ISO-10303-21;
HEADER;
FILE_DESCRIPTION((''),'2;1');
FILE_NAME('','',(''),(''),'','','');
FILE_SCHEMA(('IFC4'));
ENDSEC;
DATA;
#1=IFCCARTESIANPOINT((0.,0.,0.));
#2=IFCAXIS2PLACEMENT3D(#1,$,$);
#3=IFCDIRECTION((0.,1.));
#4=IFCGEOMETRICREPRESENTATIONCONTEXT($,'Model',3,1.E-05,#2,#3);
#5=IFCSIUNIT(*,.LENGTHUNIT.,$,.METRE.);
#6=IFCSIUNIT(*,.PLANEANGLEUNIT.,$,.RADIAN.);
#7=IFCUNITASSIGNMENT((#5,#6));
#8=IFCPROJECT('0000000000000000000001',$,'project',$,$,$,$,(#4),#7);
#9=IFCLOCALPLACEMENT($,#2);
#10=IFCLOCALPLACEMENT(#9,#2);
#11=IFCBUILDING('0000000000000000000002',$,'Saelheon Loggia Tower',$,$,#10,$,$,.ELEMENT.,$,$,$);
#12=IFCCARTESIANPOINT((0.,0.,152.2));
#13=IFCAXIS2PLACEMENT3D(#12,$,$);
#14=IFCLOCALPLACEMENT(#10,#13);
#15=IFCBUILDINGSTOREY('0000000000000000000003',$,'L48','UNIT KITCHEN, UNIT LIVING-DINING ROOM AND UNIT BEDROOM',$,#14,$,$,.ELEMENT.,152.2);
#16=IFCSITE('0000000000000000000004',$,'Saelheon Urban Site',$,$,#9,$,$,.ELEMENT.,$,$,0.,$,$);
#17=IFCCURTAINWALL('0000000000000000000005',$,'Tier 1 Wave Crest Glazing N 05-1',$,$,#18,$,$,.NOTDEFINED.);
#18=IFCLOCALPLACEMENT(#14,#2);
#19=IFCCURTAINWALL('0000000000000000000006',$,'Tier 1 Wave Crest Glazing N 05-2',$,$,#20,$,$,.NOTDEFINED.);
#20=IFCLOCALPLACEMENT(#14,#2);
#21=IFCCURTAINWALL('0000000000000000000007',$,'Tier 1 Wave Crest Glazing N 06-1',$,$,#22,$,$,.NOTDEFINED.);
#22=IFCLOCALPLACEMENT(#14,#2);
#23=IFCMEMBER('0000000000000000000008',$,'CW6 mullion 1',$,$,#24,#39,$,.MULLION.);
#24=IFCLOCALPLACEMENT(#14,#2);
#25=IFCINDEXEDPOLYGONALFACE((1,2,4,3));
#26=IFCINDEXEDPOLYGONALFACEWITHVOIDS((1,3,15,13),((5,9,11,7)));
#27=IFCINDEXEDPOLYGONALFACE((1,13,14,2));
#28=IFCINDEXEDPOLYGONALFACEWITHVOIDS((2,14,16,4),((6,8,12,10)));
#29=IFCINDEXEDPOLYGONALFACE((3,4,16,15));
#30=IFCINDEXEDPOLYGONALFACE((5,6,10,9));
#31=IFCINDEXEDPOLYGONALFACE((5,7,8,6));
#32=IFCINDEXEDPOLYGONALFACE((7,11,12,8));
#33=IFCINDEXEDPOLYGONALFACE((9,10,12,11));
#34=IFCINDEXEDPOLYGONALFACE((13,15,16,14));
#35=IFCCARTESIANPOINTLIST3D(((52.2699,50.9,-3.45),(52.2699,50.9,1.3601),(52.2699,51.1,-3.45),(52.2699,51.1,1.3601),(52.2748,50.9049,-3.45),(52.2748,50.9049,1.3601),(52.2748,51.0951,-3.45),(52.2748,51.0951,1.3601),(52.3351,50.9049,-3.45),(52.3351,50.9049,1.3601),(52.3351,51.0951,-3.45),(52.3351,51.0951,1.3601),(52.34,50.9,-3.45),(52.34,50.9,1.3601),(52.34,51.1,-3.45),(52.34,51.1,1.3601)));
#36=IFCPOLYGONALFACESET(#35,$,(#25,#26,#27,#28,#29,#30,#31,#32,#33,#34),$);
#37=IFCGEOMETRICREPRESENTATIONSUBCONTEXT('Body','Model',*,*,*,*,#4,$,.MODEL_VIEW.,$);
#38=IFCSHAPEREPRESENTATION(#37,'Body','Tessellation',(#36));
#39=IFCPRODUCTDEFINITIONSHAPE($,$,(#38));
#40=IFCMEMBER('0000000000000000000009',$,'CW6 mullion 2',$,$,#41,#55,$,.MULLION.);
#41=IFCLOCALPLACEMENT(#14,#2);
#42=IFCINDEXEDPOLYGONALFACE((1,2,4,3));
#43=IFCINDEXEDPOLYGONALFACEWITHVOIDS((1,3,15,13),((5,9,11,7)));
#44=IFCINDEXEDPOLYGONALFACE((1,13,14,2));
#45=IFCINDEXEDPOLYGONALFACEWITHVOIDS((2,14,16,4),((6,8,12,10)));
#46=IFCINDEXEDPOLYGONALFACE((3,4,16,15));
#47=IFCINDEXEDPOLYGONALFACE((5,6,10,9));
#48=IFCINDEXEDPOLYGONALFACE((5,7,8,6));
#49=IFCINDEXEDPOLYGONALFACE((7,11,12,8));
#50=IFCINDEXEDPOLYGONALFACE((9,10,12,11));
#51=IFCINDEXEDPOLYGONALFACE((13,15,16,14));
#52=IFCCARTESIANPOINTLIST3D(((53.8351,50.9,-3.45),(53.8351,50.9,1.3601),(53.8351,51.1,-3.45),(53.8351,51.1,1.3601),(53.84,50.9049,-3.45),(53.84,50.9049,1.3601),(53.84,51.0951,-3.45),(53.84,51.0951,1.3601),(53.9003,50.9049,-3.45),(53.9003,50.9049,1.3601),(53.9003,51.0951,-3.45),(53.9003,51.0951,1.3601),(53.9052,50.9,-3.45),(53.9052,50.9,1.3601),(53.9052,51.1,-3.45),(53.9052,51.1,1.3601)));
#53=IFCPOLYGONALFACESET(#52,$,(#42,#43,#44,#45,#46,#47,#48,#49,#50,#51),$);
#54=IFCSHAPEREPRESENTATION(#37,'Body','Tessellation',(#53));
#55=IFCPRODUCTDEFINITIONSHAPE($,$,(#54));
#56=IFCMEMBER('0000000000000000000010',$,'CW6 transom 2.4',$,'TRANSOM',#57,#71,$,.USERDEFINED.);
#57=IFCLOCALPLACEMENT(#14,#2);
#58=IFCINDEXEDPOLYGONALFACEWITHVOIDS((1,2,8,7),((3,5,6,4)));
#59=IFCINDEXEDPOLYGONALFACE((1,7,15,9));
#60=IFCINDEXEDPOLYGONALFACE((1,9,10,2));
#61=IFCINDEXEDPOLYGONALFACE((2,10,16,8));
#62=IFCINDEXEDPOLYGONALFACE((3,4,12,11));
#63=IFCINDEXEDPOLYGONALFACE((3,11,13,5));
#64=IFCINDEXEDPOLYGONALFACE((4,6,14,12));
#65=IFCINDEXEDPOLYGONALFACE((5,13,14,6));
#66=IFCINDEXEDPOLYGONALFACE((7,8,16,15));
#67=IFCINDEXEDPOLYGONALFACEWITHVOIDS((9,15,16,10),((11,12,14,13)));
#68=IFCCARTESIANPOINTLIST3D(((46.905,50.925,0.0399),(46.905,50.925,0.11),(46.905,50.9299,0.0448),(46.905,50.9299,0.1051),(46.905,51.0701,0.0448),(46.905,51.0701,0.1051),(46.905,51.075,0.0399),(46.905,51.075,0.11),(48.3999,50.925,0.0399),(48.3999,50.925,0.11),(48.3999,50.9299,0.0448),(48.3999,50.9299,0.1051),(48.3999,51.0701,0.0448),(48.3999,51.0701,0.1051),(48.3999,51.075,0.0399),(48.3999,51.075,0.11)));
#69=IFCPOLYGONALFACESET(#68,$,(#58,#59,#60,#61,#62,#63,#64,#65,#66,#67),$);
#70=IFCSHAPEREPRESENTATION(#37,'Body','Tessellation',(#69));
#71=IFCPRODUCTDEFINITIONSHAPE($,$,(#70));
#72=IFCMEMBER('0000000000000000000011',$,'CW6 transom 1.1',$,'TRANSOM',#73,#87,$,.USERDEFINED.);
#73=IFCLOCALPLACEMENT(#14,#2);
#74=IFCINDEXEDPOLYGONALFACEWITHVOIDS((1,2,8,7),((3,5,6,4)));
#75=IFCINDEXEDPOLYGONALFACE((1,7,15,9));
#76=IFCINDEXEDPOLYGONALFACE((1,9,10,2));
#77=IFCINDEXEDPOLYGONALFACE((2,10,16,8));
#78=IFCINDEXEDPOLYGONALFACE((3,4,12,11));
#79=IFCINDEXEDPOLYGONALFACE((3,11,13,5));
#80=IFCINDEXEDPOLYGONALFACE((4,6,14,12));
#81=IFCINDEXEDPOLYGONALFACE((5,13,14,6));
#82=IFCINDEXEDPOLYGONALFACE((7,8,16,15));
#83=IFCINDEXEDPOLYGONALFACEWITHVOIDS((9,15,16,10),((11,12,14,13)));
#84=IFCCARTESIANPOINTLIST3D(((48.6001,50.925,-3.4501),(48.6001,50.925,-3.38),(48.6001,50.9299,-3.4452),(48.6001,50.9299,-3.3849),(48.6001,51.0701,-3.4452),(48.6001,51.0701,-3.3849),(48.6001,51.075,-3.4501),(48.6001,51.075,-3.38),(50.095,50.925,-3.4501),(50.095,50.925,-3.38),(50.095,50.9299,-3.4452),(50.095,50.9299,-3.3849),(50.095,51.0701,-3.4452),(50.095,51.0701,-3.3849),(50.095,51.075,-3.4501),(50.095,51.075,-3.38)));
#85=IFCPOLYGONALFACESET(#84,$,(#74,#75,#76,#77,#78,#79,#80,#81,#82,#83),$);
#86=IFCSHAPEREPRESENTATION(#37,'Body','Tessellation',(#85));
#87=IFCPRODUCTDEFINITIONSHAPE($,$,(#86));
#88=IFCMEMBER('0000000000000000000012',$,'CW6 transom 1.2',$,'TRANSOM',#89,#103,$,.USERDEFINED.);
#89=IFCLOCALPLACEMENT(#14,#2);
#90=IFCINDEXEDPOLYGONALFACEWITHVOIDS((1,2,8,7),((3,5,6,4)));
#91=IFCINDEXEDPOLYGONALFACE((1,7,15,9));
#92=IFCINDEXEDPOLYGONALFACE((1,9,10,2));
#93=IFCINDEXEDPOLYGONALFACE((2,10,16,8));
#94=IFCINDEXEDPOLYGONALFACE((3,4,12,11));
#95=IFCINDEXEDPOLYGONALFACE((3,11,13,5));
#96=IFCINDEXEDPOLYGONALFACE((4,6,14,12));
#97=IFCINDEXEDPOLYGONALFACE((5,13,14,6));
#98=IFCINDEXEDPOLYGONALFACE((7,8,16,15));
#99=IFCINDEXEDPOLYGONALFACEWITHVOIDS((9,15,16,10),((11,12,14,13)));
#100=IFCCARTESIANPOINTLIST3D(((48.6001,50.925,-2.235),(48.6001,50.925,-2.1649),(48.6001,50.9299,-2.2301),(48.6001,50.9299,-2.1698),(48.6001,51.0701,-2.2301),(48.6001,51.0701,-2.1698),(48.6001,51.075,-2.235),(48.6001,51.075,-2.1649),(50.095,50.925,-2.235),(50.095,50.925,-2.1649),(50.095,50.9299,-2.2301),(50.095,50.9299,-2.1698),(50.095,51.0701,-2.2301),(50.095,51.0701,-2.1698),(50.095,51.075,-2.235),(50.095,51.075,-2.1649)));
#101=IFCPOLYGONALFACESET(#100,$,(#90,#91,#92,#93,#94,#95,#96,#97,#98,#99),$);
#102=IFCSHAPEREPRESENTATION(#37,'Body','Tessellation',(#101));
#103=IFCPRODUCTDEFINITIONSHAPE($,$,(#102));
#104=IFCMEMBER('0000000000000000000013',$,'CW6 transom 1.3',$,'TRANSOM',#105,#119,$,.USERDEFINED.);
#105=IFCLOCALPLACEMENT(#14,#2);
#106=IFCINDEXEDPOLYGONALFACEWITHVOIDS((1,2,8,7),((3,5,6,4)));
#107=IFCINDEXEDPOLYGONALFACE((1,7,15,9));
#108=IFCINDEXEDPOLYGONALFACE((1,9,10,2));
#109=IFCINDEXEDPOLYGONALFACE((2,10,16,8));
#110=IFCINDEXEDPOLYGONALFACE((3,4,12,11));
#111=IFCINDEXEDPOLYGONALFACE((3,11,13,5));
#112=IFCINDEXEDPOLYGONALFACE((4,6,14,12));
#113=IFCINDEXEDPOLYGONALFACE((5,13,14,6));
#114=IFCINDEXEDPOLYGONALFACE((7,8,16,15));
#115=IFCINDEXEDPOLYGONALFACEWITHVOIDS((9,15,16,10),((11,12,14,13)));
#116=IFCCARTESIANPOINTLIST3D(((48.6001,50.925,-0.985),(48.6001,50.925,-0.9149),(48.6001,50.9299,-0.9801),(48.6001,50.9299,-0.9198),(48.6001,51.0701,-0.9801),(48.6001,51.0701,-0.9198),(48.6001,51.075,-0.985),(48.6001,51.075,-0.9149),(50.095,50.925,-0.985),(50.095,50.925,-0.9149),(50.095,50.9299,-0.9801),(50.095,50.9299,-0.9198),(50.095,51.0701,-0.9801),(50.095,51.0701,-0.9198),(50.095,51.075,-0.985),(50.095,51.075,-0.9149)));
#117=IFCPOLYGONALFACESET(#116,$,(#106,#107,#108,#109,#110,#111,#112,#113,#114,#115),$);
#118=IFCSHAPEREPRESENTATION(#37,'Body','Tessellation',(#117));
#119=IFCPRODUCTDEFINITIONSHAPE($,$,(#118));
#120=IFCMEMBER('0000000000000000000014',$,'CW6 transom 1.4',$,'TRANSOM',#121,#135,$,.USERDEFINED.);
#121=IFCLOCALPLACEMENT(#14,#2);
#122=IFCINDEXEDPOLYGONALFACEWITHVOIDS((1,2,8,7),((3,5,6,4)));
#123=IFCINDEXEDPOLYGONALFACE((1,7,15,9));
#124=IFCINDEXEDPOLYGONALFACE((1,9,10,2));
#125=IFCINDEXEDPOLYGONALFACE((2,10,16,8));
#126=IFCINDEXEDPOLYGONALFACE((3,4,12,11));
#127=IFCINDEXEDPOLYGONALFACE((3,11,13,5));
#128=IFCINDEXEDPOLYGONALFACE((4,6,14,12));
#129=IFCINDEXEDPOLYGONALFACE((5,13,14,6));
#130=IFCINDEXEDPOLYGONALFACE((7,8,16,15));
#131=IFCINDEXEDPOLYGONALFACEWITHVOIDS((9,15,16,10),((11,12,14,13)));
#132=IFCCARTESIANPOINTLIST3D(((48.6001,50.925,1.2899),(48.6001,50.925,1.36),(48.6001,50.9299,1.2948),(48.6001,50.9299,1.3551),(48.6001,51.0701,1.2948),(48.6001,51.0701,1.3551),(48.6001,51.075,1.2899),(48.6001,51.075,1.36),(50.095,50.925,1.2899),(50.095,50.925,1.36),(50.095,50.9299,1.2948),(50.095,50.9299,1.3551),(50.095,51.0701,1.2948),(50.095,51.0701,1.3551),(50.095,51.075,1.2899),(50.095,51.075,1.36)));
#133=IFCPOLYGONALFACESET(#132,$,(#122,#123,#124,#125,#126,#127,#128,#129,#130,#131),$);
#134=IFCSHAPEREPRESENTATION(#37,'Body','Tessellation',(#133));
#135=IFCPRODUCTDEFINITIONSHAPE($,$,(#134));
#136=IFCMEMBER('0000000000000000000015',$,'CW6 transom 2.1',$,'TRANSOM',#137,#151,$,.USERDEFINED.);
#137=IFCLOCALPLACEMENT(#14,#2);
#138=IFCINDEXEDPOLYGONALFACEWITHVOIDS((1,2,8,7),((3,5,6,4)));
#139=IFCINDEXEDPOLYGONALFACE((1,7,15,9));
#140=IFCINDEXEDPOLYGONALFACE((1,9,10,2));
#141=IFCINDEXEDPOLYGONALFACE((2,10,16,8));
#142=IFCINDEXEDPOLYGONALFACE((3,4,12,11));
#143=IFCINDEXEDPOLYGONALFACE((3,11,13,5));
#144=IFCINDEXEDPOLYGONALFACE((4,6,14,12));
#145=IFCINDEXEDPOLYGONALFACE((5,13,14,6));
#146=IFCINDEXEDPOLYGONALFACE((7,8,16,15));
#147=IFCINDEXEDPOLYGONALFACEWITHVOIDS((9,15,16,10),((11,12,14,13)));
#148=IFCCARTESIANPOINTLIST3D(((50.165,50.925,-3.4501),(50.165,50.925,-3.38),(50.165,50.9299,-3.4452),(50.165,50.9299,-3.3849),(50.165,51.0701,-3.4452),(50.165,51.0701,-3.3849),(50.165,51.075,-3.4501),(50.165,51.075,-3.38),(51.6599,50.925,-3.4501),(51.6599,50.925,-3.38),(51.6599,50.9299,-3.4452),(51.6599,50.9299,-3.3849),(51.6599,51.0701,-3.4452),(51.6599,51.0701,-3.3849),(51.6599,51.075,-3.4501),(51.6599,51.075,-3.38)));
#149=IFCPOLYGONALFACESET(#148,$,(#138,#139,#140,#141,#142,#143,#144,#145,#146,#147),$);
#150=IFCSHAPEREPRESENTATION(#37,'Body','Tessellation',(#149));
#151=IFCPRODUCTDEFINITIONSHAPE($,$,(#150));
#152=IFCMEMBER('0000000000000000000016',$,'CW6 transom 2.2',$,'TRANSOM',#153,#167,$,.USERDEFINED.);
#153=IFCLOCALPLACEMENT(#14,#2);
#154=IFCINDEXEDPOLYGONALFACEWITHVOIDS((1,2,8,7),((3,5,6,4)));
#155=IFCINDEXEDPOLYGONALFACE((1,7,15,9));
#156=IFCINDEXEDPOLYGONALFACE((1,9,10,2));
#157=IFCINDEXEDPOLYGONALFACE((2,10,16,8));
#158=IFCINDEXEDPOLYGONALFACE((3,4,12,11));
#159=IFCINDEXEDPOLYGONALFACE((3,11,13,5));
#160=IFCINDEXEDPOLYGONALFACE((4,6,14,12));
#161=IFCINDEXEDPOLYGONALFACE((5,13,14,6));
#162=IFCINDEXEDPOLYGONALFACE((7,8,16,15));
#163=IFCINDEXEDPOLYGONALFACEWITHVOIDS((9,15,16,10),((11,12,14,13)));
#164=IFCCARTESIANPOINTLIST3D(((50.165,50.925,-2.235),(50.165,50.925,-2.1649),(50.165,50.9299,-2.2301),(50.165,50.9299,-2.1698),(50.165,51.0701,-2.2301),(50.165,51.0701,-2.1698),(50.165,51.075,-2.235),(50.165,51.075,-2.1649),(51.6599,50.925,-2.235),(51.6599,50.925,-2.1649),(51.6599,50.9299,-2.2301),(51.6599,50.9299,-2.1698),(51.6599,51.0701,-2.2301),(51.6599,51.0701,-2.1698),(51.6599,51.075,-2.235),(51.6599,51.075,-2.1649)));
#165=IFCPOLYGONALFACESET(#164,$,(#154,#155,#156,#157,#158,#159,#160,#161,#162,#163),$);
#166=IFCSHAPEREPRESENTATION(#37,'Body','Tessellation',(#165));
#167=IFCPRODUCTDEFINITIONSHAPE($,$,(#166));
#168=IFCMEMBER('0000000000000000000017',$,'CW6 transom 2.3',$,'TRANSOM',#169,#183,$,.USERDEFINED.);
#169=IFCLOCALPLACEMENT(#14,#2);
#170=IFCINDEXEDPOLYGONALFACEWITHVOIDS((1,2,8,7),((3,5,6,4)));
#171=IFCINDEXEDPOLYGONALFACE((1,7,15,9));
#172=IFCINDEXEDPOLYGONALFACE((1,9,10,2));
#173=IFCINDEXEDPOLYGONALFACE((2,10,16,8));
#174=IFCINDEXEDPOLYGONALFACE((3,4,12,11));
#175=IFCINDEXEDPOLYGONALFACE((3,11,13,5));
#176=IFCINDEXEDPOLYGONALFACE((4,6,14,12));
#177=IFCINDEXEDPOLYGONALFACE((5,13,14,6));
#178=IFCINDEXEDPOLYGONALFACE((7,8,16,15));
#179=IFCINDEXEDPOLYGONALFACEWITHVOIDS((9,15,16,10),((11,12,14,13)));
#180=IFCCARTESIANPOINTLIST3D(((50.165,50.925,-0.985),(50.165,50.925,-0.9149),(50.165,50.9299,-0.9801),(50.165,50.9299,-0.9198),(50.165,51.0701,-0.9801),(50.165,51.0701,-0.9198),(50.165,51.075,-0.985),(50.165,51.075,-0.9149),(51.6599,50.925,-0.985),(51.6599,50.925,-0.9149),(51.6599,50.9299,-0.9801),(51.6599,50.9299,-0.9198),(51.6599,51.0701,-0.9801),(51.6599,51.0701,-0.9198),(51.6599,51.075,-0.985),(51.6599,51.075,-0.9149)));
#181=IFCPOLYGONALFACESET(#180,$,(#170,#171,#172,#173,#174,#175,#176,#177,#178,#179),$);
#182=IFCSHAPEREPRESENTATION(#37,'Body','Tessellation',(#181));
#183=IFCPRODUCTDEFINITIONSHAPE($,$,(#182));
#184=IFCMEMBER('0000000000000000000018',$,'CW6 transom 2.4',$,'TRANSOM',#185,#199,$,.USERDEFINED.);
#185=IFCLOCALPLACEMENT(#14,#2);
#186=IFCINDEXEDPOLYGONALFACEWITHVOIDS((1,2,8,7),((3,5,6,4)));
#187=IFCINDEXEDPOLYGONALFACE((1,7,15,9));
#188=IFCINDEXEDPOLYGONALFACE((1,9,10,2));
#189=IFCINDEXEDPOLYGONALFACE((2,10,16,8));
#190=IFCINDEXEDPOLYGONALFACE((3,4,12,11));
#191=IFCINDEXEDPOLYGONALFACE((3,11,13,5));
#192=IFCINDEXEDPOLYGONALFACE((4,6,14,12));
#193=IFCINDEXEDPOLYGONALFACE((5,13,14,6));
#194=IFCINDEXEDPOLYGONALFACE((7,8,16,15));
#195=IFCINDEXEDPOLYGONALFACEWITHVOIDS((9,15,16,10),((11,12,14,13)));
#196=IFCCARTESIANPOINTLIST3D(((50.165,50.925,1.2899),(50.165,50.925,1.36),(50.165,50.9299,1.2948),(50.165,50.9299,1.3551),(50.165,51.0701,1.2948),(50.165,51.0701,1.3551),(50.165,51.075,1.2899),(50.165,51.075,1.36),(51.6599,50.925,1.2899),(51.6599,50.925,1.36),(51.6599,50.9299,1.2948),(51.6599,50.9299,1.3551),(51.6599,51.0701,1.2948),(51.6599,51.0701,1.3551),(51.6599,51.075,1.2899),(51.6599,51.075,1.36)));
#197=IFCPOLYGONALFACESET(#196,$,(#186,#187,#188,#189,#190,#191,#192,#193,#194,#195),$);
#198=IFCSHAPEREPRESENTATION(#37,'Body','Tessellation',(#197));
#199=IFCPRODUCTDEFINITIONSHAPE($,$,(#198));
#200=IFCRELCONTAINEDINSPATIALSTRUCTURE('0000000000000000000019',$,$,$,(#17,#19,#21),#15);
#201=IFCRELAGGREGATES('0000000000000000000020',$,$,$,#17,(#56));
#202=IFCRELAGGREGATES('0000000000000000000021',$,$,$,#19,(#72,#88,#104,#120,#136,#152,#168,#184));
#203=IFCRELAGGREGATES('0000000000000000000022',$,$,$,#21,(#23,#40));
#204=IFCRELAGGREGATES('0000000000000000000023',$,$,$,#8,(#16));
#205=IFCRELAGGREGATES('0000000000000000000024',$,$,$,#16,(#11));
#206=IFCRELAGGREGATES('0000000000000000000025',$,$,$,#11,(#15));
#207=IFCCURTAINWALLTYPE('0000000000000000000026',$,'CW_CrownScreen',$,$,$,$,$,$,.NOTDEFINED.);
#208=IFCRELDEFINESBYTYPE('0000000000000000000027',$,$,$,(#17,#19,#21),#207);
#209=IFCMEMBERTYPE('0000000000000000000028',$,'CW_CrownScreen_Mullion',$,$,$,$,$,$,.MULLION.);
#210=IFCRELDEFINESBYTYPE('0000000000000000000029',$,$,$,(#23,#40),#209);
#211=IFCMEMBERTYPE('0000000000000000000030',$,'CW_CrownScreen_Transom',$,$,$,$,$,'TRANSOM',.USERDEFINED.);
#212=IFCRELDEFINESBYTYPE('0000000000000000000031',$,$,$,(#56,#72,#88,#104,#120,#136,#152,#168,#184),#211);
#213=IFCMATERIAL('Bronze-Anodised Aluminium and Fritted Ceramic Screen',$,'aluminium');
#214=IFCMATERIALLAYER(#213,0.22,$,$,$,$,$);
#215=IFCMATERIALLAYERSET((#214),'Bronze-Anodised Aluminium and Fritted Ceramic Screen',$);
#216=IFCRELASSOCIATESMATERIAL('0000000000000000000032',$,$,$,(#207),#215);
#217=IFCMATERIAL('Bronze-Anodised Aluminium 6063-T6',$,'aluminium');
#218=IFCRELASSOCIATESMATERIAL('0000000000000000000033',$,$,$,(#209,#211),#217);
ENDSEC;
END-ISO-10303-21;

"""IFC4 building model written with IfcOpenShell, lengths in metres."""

from ifc_helpers import new_model, si_unit, direction, frame, origin, origin_2d, place, context, subcontext, project, spatial, hollow_rectangle, extrude, source, transform, mapped, material, layer, layer_set, material_profile, profile_set, type_object, element, aggregate, save


model = new_model("IFC4")

# Units and contexts
model_context = context("Model", 3, precision=1e-05, world=origin(), true_north=direction((0.0, 1.0)))
body_context = subcontext(model_context, "Body", "Model", "MODEL_VIEW")
ifc_project = project(units=[si_unit("LENGTHUNIT", "METRE"), si_unit("PLANEANGLEUNIT", "RADIAN")], contexts=[model_context])

# Site, building, storey
site_placement = place(None, origin())
site = spatial("IfcSite", under=ifc_project, at=site_placement, Name="Saelheon Urban Site", CompositionType="ELEMENT", RefElevation=0.0)
building_placement = place(site_placement, origin())
building = spatial("IfcBuilding", under=site, at=building_placement, Name="Saelheon Loggia Tower", CompositionType="ELEMENT")
storey_placement = place(building_placement, frame((0.0, 0.0, 152.2)))
storey = spatial("IfcBuildingStorey", under=building, at=storey_placement, Name="L48", Description="UNIT KITCHEN, UNIT LIVING-DINING ROOM AND UNIT BEDROOM", CompositionType="ELEMENT", Elevation=152.2)

# Curtain wall
ifc_material_1 = material(Name="Bronze-Anodised Aluminium and Fritted Ceramic Screen", Category="aluminium")
ifc_layer_1 = layer(ifc_material_1, 0.22)
ifc_layer_set_1 = layer_set([ifc_layer_1], Name="Bronze-Anodised Aluminium and Fritted Ceramic Screen")
curtain_wall_type = type_object("IfcCurtainWallType", Name="CW_CrownScreen", PredefinedType="NOTDEFINED", material=ifc_layer_set_1)
curtain_wall_1_placement = place(storey_placement, origin())
curtain_wall_1 = element("IfcCurtainWall", 1, at=curtain_wall_1_placement, inside=storey, type_object=curtain_wall_type, Name="Tier 1 Wave Crest Glazing N 05-1", PredefinedType="NOTDEFINED")
ifc_material_2 = material(Name="Bronze-Anodised Aluminium 6063-T6", Category="aluminium")
ifc_material_profile_1 = material_profile(ifc_material_2, hollow_rectangle(XDim=0.0701, YDim=0.2, WallThickness=0.0049, at=origin_2d()), Name="RHS-200x70x5")
ifc_profile_set_1 = profile_set([ifc_material_profile_1], Name="Bronze-Anodised Aluminium 6063-T6")
member_type_1 = type_object("IfcMemberType", Name="CW_CrownScreen_Mullion", PredefinedType="MULLION", material=ifc_profile_set_1)

# Curtain walls, members
curtain_wall_2_placement = place(storey_placement, origin())
curtain_wall_2 = element("IfcCurtainWall", 2, at=curtain_wall_2_placement, inside=storey, type_object=curtain_wall_type, Name="Tier 1 Wave Crest Glazing N 05-2", PredefinedType="NOTDEFINED")
shared_shape_1 = source(origin(), body_context, "Body", "SweptSolid", [
    extrude(hollow_rectangle(XDim=0.0701, YDim=0.2, WallThickness=0.0049, at=origin_2d()), origin(), (0.0, 0.0, 1.0), 4.8101),
])
curtain_wall_3_placement = place(storey_placement, origin())
curtain_wall_3 = element("IfcCurtainWall", 3, at=curtain_wall_3_placement, inside=storey, type_object=curtain_wall_type, Name="Tier 1 Wave Crest Glazing N 06-1", PredefinedType="NOTDEFINED")
member_1_placement = place(storey_placement, frame((52.3049, 51.0, -3.45), z_axis=(0.0, 0.0, 1.0), x_axis=(1.0, 0.0, 0.0)))
member_1 = element("IfcMember", 4, at=member_1_placement, type_object=member_type_1, Name="CW6 mullion 1", PredefinedType="MULLION", context=body_context, shape_type="MappedRepresentation", body=[
    mapped(shared_shape_1, transform((0.0, 0.0, 0.0), scale=1.0)),
])
member_2_placement = place(storey_placement, frame((53.8701, 51.0, -3.45), z_axis=(0.0, 0.0, 1.0), x_axis=(1.0, 0.0, 0.0)))
member_2 = element("IfcMember", 5, at=member_2_placement, type_object=member_type_1, Name="CW6 mullion 2", PredefinedType="MULLION", context=body_context, shape_type="MappedRepresentation", body=[
    mapped(shared_shape_1, transform((0.0, 0.0, 0.0), scale=1.0)),
])

# Members
ifc_material_profile_2 = material_profile(ifc_material_2, hollow_rectangle(XDim=0.0701, YDim=0.1499, WallThickness=0.0049, at=origin_2d()), Name="RHS-150x70x5")
ifc_profile_set_2 = profile_set([ifc_material_profile_2], Name="Bronze-Anodised Aluminium 6063-T6")
member_type_2 = type_object("IfcMemberType", Name="CW_CrownScreen_Transom", ElementType="TRANSOM", PredefinedType="USERDEFINED", material=ifc_profile_set_2)
shared_shape_2 = source(origin(), body_context, "Body", "SweptSolid", [
    extrude(hollow_rectangle(XDim=0.0701, YDim=0.1499, WallThickness=0.0049, at=origin_2d()), origin(), (0.0, 0.0, 1.0), 1.4949),
])
member_3_placement = place(storey_placement, frame((46.905, 51.0, 0.075), z_axis=(1.0, 0.0, 0.0), x_axis=(0.0, 0.0, 1.0)))
member_3 = element("IfcMember", 6, at=member_3_placement, type_object=member_type_2, Name="CW6 transom 2.4", ObjectType="TRANSOM", PredefinedType="USERDEFINED", context=body_context, shape_type="MappedRepresentation", body=[
    mapped(shared_shape_2, transform((0.0, 0.0, 0.0), scale=1.0)),
])
member_4_placement = place(storey_placement, frame((48.6001, 51.0, -3.415), z_axis=(1.0, 0.0, 0.0), x_axis=(0.0, 0.0, 1.0)))
member_4 = element("IfcMember", 7, at=member_4_placement, type_object=member_type_2, Name="CW6 transom 1.1", ObjectType="TRANSOM", PredefinedType="USERDEFINED", context=body_context, shape_type="MappedRepresentation", body=[
    mapped(shared_shape_2, transform((0.0, 0.0, 0.0), scale=1.0)),
])
member_5_placement = place(storey_placement, frame((48.6001, 51.0, -2.2), z_axis=(1.0, 0.0, 0.0), x_axis=(0.0, 0.0, 1.0)))
member_5 = element("IfcMember", 8, at=member_5_placement, type_object=member_type_2, Name="CW6 transom 1.2", ObjectType="TRANSOM", PredefinedType="USERDEFINED", context=body_context, shape_type="MappedRepresentation", body=[
    mapped(shared_shape_2, transform((0.0, 0.0, 0.0), scale=1.0)),
])
member_6_placement = place(storey_placement, frame((48.6001, 51.0, -0.95), z_axis=(1.0, 0.0, 0.0), x_axis=(0.0, 0.0, 1.0)))
member_6 = element("IfcMember", 9, at=member_6_placement, type_object=member_type_2, Name="CW6 transom 1.3", ObjectType="TRANSOM", PredefinedType="USERDEFINED", context=body_context, shape_type="MappedRepresentation", body=[
    mapped(shared_shape_2, transform((0.0, 0.0, 0.0), scale=1.0)),
])
member_7_placement = place(storey_placement, frame((48.6001, 51.0, 1.325), z_axis=(1.0, 0.0, 0.0), x_axis=(0.0, 0.0, 1.0)))
member_7 = element("IfcMember", 10, at=member_7_placement, type_object=member_type_2, Name="CW6 transom 1.4", ObjectType="TRANSOM", PredefinedType="USERDEFINED", context=body_context, shape_type="MappedRepresentation", body=[
    mapped(shared_shape_2, transform((0.0, 0.0, 0.0), scale=1.0)),
])
member_8_placement = place(storey_placement, frame((50.165, 51.0, -3.415), z_axis=(1.0, 0.0, 0.0), x_axis=(0.0, 0.0, 1.0)))
member_8 = element("IfcMember", 11, at=member_8_placement, type_object=member_type_2, Name="CW6 transom 2.1", ObjectType="TRANSOM", PredefinedType="USERDEFINED", context=body_context, shape_type="MappedRepresentation", body=[
    mapped(shared_shape_2, transform((0.0, 0.0, 0.0), scale=1.0)),
])
member_9_placement = place(storey_placement, frame((50.165, 51.0, -2.2), z_axis=(1.0, 0.0, 0.0), x_axis=(0.0, 0.0, 1.0)))
member_9 = element("IfcMember", 12, at=member_9_placement, type_object=member_type_2, Name="CW6 transom 2.2", ObjectType="TRANSOM", PredefinedType="USERDEFINED", context=body_context, shape_type="MappedRepresentation", body=[
    mapped(shared_shape_2, transform((0.0, 0.0, 0.0), scale=1.0)),
])
member_10_placement = place(storey_placement, frame((50.165, 51.0, -0.95), z_axis=(1.0, 0.0, 0.0), x_axis=(0.0, 0.0, 1.0)))
member_10 = element("IfcMember", 13, at=member_10_placement, type_object=member_type_2, Name="CW6 transom 2.3", ObjectType="TRANSOM", PredefinedType="USERDEFINED", context=body_context, shape_type="MappedRepresentation", body=[
    mapped(shared_shape_2, transform((0.0, 0.0, 0.0), scale=1.0)),
])
member_11_placement = place(storey_placement, frame((50.165, 51.0, 1.325), z_axis=(1.0, 0.0, 0.0), x_axis=(0.0, 0.0, 1.0)))
member_11 = element("IfcMember", 14, at=member_11_placement, type_object=member_type_2, Name="CW6 transom 2.4", ObjectType="TRANSOM", PredefinedType="USERDEFINED", context=body_context, shape_type="MappedRepresentation", body=[
    mapped(shared_shape_2, transform((0.0, 0.0, 0.0), scale=1.0)),
])

aggregate(curtain_wall_1, [member_3])
aggregate(curtain_wall_2, [member_4, member_5, member_6, member_7, member_8, member_9, member_10, member_11])
aggregate(curtain_wall_3, [member_1, member_2])

save(model, "model.ifc")
